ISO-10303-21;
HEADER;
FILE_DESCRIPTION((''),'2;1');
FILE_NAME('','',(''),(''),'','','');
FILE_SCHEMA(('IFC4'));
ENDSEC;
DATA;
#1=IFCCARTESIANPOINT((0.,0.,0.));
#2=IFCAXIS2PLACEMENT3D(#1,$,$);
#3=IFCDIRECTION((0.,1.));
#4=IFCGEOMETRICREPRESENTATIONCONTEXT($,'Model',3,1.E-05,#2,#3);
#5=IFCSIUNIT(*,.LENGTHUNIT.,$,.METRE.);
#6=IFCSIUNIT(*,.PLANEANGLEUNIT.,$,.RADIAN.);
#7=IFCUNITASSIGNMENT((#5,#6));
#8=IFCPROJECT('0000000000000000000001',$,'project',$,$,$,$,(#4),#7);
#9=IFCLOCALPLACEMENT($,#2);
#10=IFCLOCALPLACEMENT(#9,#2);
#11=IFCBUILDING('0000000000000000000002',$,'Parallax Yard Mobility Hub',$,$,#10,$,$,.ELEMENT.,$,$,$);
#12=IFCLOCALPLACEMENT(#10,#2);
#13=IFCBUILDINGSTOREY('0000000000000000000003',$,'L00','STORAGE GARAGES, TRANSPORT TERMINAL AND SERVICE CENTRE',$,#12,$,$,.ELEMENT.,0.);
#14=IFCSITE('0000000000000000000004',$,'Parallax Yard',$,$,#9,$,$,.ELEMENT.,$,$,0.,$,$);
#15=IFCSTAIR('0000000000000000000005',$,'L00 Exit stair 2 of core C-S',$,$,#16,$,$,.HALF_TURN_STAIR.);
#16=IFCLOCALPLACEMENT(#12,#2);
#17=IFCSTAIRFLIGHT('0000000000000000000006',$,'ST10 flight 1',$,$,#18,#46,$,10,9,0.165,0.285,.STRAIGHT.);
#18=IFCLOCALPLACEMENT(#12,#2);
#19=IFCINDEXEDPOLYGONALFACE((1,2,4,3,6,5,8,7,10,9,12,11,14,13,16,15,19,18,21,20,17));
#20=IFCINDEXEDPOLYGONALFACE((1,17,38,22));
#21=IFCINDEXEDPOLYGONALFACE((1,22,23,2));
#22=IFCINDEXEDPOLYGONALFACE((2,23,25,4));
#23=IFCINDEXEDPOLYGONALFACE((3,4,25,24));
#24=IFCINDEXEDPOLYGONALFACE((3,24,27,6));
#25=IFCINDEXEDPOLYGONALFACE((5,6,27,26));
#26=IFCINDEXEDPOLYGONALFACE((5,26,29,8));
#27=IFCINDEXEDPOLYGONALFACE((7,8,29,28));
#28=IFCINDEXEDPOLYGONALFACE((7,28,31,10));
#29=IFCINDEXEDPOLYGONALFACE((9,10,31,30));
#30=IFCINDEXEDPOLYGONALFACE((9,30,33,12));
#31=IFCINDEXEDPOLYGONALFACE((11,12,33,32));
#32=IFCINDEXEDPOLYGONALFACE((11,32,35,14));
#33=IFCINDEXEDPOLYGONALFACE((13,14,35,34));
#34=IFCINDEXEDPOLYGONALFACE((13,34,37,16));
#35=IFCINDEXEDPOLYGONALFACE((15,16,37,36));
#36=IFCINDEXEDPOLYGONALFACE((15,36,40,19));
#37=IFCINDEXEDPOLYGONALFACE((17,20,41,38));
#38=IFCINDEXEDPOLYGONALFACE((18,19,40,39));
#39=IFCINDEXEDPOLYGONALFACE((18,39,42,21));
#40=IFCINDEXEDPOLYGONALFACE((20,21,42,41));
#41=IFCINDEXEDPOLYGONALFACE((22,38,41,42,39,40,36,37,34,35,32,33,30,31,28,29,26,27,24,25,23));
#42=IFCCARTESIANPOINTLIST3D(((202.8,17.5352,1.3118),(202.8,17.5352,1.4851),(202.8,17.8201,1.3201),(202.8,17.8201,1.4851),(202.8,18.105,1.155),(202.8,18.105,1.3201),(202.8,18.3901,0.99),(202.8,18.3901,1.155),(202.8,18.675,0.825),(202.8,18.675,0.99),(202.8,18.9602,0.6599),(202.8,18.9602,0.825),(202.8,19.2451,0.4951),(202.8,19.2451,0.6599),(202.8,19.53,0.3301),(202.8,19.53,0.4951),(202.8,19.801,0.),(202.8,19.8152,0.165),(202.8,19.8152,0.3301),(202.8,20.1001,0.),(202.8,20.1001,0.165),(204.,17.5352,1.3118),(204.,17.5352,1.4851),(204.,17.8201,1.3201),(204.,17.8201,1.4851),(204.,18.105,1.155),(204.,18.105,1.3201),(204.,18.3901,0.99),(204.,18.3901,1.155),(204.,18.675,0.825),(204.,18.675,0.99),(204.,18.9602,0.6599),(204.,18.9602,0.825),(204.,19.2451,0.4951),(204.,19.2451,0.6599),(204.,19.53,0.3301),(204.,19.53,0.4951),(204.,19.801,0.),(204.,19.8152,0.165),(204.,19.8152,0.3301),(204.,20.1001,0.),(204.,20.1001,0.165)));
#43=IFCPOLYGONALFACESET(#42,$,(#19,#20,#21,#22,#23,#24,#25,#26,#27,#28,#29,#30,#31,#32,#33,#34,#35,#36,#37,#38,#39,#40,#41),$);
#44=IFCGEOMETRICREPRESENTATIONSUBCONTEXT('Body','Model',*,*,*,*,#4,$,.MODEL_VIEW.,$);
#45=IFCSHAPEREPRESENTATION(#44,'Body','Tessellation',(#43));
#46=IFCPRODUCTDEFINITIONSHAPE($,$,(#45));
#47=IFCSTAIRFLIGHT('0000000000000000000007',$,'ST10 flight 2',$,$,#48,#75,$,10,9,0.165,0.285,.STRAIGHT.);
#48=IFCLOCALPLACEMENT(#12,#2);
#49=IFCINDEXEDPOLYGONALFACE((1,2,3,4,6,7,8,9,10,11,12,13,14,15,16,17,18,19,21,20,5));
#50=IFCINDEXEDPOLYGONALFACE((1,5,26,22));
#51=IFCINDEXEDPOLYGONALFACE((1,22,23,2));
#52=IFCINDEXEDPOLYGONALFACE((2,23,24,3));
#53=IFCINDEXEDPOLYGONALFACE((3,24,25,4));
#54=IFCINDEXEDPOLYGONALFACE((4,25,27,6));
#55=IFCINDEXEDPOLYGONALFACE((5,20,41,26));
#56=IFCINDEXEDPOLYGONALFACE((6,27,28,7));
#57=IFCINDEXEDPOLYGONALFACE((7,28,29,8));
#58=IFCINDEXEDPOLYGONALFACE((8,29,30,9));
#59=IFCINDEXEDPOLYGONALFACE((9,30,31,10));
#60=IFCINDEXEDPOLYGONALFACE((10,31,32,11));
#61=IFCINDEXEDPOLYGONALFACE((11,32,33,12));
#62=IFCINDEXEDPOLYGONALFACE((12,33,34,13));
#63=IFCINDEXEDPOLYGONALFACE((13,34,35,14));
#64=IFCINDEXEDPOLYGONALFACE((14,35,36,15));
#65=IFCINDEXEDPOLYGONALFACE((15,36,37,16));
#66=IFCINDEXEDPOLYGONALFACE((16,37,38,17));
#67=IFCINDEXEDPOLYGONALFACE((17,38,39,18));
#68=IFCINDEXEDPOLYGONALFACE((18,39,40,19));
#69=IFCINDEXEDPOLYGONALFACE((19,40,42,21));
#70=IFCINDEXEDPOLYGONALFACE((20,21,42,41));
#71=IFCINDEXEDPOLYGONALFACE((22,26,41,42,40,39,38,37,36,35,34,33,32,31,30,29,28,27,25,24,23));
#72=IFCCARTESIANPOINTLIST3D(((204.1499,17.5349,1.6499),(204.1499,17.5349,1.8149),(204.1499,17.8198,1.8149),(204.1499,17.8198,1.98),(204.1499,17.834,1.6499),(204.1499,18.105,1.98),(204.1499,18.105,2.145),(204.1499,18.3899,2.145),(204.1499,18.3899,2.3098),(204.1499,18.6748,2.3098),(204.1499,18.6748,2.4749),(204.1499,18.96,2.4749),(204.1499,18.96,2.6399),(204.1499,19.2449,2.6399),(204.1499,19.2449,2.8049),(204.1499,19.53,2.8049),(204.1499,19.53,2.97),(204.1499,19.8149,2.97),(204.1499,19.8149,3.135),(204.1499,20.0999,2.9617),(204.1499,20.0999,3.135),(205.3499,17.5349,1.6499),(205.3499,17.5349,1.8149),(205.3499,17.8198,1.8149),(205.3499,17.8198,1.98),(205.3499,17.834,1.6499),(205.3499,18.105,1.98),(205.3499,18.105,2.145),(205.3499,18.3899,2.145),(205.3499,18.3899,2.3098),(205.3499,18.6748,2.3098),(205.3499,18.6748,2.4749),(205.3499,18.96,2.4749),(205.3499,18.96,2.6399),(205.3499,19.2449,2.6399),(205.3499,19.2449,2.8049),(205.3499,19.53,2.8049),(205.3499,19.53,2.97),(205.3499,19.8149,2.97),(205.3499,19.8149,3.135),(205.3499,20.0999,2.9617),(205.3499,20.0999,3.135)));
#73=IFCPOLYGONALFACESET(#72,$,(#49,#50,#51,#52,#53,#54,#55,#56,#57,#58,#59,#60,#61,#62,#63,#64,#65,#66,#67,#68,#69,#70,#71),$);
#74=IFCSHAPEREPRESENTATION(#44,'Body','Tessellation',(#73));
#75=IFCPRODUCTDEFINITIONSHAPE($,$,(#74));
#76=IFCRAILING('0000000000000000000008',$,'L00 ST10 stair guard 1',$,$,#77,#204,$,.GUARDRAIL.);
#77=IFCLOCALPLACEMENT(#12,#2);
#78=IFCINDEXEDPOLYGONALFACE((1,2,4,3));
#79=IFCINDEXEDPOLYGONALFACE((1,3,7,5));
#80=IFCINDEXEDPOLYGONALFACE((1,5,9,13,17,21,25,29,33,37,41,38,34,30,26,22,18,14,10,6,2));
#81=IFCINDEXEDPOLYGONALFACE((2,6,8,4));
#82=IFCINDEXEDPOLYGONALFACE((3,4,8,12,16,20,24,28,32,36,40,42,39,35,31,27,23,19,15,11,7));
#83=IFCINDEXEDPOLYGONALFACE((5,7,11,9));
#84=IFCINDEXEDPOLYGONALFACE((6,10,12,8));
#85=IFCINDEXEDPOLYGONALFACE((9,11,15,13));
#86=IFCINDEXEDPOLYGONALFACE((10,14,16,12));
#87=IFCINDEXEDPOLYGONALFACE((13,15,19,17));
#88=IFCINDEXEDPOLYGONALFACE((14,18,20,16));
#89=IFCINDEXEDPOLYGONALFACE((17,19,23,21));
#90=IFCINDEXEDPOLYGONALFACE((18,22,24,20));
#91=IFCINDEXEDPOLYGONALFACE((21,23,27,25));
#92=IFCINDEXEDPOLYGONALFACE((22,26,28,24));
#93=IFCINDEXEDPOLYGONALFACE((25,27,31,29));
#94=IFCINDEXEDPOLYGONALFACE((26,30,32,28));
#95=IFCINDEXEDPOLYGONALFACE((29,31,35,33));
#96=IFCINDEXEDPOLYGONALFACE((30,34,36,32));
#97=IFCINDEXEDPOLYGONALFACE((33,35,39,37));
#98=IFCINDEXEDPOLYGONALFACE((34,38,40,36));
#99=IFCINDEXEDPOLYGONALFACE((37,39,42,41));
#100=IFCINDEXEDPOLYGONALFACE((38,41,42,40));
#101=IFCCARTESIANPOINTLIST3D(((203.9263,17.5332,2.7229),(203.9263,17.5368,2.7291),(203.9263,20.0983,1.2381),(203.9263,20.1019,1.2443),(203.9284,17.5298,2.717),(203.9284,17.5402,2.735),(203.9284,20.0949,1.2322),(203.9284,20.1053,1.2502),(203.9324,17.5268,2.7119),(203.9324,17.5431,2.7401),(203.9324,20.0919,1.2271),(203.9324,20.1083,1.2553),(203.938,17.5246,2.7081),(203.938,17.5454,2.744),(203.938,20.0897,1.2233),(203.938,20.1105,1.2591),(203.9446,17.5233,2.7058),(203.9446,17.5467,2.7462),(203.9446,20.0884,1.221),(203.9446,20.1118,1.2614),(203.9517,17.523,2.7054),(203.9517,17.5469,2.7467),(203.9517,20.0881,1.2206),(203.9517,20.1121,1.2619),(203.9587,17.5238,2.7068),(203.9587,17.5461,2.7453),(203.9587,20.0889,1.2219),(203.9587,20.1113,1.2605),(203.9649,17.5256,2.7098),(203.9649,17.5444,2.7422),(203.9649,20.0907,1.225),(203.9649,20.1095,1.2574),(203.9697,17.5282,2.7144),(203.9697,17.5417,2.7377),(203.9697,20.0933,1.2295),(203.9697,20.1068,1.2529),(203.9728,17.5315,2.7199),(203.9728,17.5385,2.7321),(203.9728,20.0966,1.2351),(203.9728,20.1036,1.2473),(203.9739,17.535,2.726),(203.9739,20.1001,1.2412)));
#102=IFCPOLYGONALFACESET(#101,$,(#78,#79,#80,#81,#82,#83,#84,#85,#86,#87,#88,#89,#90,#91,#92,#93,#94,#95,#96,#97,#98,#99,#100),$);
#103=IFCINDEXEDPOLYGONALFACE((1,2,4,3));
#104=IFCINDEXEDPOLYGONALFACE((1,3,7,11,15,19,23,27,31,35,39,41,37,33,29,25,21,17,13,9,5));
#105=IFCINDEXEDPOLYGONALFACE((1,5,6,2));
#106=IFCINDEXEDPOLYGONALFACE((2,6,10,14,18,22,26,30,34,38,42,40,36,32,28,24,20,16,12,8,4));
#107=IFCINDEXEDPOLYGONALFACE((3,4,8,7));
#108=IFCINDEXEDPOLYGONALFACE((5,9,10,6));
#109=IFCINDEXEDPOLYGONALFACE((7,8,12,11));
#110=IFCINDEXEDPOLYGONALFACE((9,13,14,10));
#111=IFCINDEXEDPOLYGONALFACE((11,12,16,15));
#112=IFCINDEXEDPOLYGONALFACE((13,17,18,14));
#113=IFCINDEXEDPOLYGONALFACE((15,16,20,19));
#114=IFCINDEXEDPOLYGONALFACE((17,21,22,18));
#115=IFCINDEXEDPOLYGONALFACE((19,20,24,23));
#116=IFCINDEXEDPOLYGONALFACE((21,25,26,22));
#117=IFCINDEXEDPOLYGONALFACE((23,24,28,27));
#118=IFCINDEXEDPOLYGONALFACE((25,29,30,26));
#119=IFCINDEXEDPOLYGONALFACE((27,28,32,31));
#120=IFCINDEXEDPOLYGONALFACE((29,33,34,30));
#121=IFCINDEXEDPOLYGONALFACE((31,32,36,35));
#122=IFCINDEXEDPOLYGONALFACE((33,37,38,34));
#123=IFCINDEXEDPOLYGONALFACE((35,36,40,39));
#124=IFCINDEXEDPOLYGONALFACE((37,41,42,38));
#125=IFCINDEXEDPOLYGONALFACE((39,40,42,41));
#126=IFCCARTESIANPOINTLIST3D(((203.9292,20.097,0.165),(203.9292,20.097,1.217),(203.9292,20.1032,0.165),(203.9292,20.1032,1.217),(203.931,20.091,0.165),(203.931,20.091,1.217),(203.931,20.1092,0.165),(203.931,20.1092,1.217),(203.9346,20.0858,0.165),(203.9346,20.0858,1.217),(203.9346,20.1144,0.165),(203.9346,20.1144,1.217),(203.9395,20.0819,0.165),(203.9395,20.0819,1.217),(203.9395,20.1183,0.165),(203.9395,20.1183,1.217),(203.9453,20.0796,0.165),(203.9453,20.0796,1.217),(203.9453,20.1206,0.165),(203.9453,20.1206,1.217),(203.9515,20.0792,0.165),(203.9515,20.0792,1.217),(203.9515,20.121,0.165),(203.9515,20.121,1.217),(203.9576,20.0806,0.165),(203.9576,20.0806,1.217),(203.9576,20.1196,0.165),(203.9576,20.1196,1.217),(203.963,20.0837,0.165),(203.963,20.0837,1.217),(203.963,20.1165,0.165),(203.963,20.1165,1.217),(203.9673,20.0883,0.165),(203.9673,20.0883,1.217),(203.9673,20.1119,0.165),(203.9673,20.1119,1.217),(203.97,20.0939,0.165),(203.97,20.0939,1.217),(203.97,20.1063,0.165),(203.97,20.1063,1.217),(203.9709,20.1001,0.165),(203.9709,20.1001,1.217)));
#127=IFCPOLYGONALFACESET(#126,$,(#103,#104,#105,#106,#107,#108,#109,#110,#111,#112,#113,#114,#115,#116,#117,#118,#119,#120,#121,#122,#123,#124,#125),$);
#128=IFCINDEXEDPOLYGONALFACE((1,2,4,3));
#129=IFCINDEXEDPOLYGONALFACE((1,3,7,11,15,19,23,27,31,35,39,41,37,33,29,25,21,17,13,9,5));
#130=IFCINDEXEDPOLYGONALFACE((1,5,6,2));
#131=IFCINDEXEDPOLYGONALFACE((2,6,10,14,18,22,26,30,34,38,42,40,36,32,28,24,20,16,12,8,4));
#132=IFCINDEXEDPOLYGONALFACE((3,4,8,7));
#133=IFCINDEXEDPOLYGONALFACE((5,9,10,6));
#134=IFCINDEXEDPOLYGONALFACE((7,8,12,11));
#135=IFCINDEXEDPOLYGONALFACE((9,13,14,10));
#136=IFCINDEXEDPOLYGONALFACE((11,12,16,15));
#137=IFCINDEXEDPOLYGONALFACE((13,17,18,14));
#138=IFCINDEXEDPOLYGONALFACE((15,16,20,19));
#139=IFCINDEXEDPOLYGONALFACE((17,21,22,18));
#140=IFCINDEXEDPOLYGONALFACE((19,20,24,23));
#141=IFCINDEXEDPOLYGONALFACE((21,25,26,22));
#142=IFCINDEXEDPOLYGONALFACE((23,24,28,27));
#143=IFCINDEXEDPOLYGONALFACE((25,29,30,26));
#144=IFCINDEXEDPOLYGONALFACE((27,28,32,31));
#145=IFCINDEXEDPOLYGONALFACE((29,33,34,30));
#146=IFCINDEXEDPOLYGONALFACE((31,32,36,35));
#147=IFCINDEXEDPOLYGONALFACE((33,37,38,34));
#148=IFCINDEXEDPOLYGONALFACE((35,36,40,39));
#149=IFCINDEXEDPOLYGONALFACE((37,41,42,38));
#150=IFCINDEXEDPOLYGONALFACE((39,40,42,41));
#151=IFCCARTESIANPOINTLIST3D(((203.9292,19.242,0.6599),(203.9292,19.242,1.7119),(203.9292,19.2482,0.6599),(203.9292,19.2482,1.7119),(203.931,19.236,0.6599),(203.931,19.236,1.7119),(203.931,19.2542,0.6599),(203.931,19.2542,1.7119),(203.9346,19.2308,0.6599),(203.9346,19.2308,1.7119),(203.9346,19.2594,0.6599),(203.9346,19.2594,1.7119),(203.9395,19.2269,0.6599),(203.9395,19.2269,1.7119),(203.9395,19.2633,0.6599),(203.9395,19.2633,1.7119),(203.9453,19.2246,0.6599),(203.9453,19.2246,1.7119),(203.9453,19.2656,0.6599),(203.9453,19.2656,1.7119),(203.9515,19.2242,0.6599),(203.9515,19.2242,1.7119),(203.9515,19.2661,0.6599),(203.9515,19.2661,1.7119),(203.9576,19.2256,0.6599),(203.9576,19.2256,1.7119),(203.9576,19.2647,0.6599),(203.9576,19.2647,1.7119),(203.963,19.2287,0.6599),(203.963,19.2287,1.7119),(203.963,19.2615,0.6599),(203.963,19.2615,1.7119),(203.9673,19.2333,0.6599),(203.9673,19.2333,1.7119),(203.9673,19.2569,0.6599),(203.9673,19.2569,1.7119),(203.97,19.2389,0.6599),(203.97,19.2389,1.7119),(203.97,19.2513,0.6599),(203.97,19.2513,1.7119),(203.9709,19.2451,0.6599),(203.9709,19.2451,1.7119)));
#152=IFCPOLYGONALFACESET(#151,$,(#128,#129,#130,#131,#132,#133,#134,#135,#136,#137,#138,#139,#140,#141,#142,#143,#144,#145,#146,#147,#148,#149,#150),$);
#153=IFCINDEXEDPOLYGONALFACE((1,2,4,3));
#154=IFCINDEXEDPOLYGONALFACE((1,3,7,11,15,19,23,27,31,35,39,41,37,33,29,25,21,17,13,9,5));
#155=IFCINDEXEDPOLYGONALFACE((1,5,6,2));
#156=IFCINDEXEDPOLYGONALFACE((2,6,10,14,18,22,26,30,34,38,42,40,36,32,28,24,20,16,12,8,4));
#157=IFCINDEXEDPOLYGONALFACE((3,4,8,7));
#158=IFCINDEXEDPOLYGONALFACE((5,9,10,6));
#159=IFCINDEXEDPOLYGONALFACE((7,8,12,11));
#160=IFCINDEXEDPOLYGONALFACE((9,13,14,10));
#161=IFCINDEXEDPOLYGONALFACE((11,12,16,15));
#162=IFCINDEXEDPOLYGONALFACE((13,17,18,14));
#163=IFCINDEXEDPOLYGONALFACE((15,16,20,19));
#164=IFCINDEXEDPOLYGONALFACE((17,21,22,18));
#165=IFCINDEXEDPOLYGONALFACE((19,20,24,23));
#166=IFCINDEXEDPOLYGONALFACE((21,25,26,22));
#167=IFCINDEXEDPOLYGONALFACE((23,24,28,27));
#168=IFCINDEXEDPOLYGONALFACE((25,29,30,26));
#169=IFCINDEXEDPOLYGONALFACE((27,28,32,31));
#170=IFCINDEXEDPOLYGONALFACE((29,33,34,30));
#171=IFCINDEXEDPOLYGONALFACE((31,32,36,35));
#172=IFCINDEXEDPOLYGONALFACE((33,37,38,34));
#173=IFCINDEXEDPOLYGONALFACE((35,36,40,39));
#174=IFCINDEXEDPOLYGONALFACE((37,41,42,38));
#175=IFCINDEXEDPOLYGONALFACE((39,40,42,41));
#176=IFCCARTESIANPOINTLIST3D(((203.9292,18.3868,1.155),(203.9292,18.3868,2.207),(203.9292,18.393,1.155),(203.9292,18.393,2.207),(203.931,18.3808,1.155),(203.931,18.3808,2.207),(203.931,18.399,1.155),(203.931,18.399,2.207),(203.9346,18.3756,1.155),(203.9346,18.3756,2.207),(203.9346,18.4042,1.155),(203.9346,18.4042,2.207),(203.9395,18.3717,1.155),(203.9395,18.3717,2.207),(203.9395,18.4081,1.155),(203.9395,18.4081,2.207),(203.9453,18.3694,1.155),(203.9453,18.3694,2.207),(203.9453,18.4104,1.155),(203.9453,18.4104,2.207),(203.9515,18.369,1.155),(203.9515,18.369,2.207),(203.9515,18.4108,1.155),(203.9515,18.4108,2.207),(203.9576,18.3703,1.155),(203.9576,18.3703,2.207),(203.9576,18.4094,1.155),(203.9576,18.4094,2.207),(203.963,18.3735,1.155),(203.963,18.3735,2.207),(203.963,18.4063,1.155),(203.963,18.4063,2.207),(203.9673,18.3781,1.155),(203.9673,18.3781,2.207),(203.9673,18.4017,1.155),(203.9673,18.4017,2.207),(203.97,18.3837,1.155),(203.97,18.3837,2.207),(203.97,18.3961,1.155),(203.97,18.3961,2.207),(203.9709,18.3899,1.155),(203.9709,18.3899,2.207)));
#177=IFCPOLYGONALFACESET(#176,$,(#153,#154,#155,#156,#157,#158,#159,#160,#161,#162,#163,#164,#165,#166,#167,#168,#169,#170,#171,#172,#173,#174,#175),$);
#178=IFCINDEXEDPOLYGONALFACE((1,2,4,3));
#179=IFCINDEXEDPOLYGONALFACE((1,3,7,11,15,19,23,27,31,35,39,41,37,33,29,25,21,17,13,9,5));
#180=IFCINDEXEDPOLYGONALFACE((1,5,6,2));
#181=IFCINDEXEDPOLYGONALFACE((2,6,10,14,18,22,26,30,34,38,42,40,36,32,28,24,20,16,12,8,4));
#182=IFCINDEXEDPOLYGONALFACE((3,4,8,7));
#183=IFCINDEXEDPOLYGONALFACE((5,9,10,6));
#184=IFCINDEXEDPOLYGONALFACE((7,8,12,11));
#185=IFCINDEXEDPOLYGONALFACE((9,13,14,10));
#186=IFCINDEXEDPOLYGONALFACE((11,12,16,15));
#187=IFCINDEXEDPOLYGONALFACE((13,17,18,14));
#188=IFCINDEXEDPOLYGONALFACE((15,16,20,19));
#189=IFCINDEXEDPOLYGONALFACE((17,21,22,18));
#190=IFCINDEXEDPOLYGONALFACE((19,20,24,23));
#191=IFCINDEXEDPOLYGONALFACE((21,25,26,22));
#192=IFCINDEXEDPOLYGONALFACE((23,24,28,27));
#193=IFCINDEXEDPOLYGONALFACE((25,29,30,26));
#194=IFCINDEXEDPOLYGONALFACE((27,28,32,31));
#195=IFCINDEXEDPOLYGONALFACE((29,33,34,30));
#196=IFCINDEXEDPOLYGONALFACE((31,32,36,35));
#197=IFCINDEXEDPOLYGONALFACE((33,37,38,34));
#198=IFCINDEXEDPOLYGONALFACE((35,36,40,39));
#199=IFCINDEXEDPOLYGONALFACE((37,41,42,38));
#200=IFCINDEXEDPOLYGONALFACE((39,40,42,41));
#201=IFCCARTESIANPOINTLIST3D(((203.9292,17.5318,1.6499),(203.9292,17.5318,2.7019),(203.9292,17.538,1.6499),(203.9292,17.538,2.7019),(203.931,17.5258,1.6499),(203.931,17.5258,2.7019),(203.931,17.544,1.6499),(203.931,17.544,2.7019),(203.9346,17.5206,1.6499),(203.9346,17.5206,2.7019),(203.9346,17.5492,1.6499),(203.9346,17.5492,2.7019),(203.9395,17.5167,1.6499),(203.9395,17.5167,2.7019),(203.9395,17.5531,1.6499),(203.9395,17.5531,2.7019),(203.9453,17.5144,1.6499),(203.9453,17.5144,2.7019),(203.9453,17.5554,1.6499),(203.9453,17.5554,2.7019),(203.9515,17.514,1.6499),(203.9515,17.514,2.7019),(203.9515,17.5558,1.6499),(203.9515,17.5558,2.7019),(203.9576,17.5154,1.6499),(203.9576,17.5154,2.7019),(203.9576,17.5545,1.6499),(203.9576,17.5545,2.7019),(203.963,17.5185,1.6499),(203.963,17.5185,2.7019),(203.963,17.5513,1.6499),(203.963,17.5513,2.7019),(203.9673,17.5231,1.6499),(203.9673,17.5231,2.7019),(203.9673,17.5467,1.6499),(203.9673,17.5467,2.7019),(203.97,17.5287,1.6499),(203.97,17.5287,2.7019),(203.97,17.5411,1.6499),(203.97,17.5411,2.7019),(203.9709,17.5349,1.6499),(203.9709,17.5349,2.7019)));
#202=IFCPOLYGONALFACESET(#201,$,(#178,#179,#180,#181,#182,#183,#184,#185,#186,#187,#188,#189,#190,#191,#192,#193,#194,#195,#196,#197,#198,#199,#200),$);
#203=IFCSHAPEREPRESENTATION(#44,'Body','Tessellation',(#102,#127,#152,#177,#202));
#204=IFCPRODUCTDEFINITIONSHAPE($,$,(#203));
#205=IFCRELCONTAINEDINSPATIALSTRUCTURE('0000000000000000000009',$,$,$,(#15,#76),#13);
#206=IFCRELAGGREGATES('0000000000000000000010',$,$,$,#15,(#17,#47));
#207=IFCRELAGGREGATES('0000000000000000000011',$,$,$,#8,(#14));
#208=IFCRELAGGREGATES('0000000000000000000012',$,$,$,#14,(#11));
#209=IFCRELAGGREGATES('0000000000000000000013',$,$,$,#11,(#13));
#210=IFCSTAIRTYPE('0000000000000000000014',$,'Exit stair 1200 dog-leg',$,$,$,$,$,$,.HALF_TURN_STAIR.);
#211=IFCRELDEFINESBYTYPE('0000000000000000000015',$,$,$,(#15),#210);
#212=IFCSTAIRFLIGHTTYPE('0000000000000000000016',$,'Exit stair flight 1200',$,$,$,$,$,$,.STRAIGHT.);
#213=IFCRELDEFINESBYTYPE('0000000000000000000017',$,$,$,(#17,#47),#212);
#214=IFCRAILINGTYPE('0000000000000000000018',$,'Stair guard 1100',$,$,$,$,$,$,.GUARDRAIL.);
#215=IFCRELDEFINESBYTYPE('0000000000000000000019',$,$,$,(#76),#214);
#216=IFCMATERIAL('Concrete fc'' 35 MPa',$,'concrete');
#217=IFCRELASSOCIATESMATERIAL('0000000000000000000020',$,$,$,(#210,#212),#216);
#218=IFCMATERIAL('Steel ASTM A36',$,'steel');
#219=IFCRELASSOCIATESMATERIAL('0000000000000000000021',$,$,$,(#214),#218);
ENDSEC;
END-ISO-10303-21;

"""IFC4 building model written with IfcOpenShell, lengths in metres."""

from ifc_helpers import new_model, si_unit, direction, frame, origin, origin_2d, place, context, subcontext, project, spatial, polyline, circle, outline, extrude, material, type_object, element, aggregate, save


model = new_model("IFC4")

# Units and contexts
model_context = context("Model", 3, precision=1e-05, world=origin(), true_north=direction((0.0, 1.0)))
body_context = subcontext(model_context, "Body", "Model", "MODEL_VIEW")
ifc_project = project(units=[si_unit("LENGTHUNIT", "METRE"), si_unit("PLANEANGLEUNIT", "RADIAN")], contexts=[model_context])

# Site, building, storey
site_placement = place(None, origin())
site = spatial("IfcSite", under=ifc_project, at=site_placement, Name="Parallax Yard", CompositionType="ELEMENT", RefElevation=0.0)
building_placement = place(site_placement, origin())
building = spatial("IfcBuilding", under=site, at=building_placement, Name="Parallax Yard Mobility Hub", CompositionType="ELEMENT")
storey_placement = place(building_placement, origin())
storey = spatial("IfcBuildingStorey", under=building, at=storey_placement, Name="L00", Description="STORAGE GARAGES, TRANSPORT TERMINAL AND SERVICE CENTRE", CompositionType="ELEMENT", Elevation=0.0)

# Shared definitions
ifc_material_1 = material(Name="Concrete fc' 35 MPa", Category="concrete")

# Stair, stair flights
stair_type = type_object("IfcStairType", Name="Exit stair 1200 dog-leg", PredefinedType="HALF_TURN_STAIR", material=ifc_material_1)
stair_placement = place(storey_placement, origin())
stair = element("IfcStair", 1, at=stair_placement, inside=storey, type_object=stair_type, Name="L00 Exit stair 2 of core C-S", PredefinedType="HALF_TURN_STAIR")
stair_flight_type = type_object("IfcStairFlightType", Name="Exit stair flight 1200", PredefinedType="STRAIGHT", material=ifc_material_1)
stair_flight_1_placement = place(storey_placement, frame((203.3999, 20.1001, 0.0), z_axis=(0.0, 0.0, 1.0), x_axis=(0.0, -1.0, 0.0)))
stair_flight_1 = element("IfcStairFlight", 2, at=stair_flight_1_placement, type_object=stair_flight_type, Name="ST10 flight 1", NumberOfRisers=10, NumberOfTreads=9, PredefinedType="STRAIGHT", RiserHeight=0.165, TreadLength=0.285, context=body_context, shape_type="SweptSolid", body=[
    extrude(outline(polyline([(0.0, 0.0), (0.0, 0.165), (0.2849, 0.165), (0.2849, 0.3301), (0.5701, 0.3301), (0.5701, 0.4951), (0.855, 0.4951), (0.855, 0.6599), (1.1399, 0.6599), (1.1399, 0.825), (1.425, 0.825), (1.425, 0.99), (1.71, 0.99), (1.71, 1.155), (1.9951, 1.155), (1.9951, 1.3201), (2.28, 1.3201), (2.28, 1.4851), (2.5649, 1.4851), (2.5649, 1.6499), (2.5649, 1.3118), (0.2991, 0.0), (0.0, 0.0)])), frame((0.0, 0.6001, 0.0), z_axis=(0.0, -1.0, 0.0), x_axis=(1.0, 0.0, 0.0)), (0.0, 0.0, 1.0), 1.2),
])
stair_flight_2_placement = place(storey_placement, frame((204.75, 17.5349, 1.6499), z_axis=(0.0, 0.0, 1.0), x_axis=(0.0, 1.0, 0.0)))
stair_flight_2 = element("IfcStairFlight", 3, at=stair_flight_2_placement, type_object=stair_flight_type, Name="ST10 flight 2", NumberOfRisers=10, NumberOfTreads=9, PredefinedType="STRAIGHT", RiserHeight=0.165, TreadLength=0.285, context=body_context, shape_type="SweptSolid", body=[
    extrude(outline(polyline([(0.0, 0.0), (0.0, 0.165), (0.2849, 0.165), (0.2849, 0.3301), (0.5701, 0.3301), (0.5701, 0.4951), (0.855, 0.4951), (0.855, 0.6599), (1.1399, 0.6599), (1.1399, 0.825), (1.425, 0.825), (1.425, 0.99), (1.71, 0.99), (1.71, 1.155), (1.9951, 1.155), (1.9951, 1.3201), (2.28, 1.3201), (2.28, 1.4851), (2.5649, 1.4851), (2.5649, 1.6499), (2.5649, 1.3118), (0.2991, 0.0), (0.0, 0.0)])), frame((0.0, 0.6001, 0.0), z_axis=(0.0, -1.0, 0.0), x_axis=(1.0, 0.0, 0.0)), (0.0, 0.0, 1.0), 1.2),
])
aggregate(stair, [stair_flight_1, stair_flight_2])

# Railing
ifc_material_2 = material(Name="Steel ASTM A36", Category="steel")
railing_type_1 = type_object("IfcRailingType", Name="Stair guard 1100", PredefinedType="GUARDRAIL", material=ifc_material_2)
railing_1_placement = place(storey_placement, frame((203.95, 20.1001, 0.165)))
element("IfcRailing", 4, at=railing_1_placement, inside=storey, type_object=railing_type_1, Name="L00 ST10 stair guard 1", PredefinedType="GUARDRAIL", context=body_context, shape_type="SweptSolid", body=[
    extrude(circle(Radius=0.0239, at=origin_2d()), frame((0.0, 0.0, 1.0762), z_axis=(0.0, -0.865462, 0.500975), x_axis=(1.0, 0.0, 0.0)), (0.0, 0.0, 1.0), 2.9639),
    extrude(circle(Radius=0.021, at=origin_2d()), origin(), (0.0, 0.0, 1.0), 1.052),
    extrude(circle(Radius=0.021, at=origin_2d()), frame((0.0, -0.855, 0.4949)), (0.0, 0.0, 1.0), 1.052),
    extrude(circle(Radius=0.021, at=origin_2d()), frame((0.0, -1.7102, 0.99)), (0.0, 0.0, 1.0), 1.052),
    extrude(circle(Radius=0.021, at=origin_2d()), frame((0.0, -2.5652, 1.4849)), (0.0, 0.0, 1.0), 1.052),
])

save(model, "model.ifc")
